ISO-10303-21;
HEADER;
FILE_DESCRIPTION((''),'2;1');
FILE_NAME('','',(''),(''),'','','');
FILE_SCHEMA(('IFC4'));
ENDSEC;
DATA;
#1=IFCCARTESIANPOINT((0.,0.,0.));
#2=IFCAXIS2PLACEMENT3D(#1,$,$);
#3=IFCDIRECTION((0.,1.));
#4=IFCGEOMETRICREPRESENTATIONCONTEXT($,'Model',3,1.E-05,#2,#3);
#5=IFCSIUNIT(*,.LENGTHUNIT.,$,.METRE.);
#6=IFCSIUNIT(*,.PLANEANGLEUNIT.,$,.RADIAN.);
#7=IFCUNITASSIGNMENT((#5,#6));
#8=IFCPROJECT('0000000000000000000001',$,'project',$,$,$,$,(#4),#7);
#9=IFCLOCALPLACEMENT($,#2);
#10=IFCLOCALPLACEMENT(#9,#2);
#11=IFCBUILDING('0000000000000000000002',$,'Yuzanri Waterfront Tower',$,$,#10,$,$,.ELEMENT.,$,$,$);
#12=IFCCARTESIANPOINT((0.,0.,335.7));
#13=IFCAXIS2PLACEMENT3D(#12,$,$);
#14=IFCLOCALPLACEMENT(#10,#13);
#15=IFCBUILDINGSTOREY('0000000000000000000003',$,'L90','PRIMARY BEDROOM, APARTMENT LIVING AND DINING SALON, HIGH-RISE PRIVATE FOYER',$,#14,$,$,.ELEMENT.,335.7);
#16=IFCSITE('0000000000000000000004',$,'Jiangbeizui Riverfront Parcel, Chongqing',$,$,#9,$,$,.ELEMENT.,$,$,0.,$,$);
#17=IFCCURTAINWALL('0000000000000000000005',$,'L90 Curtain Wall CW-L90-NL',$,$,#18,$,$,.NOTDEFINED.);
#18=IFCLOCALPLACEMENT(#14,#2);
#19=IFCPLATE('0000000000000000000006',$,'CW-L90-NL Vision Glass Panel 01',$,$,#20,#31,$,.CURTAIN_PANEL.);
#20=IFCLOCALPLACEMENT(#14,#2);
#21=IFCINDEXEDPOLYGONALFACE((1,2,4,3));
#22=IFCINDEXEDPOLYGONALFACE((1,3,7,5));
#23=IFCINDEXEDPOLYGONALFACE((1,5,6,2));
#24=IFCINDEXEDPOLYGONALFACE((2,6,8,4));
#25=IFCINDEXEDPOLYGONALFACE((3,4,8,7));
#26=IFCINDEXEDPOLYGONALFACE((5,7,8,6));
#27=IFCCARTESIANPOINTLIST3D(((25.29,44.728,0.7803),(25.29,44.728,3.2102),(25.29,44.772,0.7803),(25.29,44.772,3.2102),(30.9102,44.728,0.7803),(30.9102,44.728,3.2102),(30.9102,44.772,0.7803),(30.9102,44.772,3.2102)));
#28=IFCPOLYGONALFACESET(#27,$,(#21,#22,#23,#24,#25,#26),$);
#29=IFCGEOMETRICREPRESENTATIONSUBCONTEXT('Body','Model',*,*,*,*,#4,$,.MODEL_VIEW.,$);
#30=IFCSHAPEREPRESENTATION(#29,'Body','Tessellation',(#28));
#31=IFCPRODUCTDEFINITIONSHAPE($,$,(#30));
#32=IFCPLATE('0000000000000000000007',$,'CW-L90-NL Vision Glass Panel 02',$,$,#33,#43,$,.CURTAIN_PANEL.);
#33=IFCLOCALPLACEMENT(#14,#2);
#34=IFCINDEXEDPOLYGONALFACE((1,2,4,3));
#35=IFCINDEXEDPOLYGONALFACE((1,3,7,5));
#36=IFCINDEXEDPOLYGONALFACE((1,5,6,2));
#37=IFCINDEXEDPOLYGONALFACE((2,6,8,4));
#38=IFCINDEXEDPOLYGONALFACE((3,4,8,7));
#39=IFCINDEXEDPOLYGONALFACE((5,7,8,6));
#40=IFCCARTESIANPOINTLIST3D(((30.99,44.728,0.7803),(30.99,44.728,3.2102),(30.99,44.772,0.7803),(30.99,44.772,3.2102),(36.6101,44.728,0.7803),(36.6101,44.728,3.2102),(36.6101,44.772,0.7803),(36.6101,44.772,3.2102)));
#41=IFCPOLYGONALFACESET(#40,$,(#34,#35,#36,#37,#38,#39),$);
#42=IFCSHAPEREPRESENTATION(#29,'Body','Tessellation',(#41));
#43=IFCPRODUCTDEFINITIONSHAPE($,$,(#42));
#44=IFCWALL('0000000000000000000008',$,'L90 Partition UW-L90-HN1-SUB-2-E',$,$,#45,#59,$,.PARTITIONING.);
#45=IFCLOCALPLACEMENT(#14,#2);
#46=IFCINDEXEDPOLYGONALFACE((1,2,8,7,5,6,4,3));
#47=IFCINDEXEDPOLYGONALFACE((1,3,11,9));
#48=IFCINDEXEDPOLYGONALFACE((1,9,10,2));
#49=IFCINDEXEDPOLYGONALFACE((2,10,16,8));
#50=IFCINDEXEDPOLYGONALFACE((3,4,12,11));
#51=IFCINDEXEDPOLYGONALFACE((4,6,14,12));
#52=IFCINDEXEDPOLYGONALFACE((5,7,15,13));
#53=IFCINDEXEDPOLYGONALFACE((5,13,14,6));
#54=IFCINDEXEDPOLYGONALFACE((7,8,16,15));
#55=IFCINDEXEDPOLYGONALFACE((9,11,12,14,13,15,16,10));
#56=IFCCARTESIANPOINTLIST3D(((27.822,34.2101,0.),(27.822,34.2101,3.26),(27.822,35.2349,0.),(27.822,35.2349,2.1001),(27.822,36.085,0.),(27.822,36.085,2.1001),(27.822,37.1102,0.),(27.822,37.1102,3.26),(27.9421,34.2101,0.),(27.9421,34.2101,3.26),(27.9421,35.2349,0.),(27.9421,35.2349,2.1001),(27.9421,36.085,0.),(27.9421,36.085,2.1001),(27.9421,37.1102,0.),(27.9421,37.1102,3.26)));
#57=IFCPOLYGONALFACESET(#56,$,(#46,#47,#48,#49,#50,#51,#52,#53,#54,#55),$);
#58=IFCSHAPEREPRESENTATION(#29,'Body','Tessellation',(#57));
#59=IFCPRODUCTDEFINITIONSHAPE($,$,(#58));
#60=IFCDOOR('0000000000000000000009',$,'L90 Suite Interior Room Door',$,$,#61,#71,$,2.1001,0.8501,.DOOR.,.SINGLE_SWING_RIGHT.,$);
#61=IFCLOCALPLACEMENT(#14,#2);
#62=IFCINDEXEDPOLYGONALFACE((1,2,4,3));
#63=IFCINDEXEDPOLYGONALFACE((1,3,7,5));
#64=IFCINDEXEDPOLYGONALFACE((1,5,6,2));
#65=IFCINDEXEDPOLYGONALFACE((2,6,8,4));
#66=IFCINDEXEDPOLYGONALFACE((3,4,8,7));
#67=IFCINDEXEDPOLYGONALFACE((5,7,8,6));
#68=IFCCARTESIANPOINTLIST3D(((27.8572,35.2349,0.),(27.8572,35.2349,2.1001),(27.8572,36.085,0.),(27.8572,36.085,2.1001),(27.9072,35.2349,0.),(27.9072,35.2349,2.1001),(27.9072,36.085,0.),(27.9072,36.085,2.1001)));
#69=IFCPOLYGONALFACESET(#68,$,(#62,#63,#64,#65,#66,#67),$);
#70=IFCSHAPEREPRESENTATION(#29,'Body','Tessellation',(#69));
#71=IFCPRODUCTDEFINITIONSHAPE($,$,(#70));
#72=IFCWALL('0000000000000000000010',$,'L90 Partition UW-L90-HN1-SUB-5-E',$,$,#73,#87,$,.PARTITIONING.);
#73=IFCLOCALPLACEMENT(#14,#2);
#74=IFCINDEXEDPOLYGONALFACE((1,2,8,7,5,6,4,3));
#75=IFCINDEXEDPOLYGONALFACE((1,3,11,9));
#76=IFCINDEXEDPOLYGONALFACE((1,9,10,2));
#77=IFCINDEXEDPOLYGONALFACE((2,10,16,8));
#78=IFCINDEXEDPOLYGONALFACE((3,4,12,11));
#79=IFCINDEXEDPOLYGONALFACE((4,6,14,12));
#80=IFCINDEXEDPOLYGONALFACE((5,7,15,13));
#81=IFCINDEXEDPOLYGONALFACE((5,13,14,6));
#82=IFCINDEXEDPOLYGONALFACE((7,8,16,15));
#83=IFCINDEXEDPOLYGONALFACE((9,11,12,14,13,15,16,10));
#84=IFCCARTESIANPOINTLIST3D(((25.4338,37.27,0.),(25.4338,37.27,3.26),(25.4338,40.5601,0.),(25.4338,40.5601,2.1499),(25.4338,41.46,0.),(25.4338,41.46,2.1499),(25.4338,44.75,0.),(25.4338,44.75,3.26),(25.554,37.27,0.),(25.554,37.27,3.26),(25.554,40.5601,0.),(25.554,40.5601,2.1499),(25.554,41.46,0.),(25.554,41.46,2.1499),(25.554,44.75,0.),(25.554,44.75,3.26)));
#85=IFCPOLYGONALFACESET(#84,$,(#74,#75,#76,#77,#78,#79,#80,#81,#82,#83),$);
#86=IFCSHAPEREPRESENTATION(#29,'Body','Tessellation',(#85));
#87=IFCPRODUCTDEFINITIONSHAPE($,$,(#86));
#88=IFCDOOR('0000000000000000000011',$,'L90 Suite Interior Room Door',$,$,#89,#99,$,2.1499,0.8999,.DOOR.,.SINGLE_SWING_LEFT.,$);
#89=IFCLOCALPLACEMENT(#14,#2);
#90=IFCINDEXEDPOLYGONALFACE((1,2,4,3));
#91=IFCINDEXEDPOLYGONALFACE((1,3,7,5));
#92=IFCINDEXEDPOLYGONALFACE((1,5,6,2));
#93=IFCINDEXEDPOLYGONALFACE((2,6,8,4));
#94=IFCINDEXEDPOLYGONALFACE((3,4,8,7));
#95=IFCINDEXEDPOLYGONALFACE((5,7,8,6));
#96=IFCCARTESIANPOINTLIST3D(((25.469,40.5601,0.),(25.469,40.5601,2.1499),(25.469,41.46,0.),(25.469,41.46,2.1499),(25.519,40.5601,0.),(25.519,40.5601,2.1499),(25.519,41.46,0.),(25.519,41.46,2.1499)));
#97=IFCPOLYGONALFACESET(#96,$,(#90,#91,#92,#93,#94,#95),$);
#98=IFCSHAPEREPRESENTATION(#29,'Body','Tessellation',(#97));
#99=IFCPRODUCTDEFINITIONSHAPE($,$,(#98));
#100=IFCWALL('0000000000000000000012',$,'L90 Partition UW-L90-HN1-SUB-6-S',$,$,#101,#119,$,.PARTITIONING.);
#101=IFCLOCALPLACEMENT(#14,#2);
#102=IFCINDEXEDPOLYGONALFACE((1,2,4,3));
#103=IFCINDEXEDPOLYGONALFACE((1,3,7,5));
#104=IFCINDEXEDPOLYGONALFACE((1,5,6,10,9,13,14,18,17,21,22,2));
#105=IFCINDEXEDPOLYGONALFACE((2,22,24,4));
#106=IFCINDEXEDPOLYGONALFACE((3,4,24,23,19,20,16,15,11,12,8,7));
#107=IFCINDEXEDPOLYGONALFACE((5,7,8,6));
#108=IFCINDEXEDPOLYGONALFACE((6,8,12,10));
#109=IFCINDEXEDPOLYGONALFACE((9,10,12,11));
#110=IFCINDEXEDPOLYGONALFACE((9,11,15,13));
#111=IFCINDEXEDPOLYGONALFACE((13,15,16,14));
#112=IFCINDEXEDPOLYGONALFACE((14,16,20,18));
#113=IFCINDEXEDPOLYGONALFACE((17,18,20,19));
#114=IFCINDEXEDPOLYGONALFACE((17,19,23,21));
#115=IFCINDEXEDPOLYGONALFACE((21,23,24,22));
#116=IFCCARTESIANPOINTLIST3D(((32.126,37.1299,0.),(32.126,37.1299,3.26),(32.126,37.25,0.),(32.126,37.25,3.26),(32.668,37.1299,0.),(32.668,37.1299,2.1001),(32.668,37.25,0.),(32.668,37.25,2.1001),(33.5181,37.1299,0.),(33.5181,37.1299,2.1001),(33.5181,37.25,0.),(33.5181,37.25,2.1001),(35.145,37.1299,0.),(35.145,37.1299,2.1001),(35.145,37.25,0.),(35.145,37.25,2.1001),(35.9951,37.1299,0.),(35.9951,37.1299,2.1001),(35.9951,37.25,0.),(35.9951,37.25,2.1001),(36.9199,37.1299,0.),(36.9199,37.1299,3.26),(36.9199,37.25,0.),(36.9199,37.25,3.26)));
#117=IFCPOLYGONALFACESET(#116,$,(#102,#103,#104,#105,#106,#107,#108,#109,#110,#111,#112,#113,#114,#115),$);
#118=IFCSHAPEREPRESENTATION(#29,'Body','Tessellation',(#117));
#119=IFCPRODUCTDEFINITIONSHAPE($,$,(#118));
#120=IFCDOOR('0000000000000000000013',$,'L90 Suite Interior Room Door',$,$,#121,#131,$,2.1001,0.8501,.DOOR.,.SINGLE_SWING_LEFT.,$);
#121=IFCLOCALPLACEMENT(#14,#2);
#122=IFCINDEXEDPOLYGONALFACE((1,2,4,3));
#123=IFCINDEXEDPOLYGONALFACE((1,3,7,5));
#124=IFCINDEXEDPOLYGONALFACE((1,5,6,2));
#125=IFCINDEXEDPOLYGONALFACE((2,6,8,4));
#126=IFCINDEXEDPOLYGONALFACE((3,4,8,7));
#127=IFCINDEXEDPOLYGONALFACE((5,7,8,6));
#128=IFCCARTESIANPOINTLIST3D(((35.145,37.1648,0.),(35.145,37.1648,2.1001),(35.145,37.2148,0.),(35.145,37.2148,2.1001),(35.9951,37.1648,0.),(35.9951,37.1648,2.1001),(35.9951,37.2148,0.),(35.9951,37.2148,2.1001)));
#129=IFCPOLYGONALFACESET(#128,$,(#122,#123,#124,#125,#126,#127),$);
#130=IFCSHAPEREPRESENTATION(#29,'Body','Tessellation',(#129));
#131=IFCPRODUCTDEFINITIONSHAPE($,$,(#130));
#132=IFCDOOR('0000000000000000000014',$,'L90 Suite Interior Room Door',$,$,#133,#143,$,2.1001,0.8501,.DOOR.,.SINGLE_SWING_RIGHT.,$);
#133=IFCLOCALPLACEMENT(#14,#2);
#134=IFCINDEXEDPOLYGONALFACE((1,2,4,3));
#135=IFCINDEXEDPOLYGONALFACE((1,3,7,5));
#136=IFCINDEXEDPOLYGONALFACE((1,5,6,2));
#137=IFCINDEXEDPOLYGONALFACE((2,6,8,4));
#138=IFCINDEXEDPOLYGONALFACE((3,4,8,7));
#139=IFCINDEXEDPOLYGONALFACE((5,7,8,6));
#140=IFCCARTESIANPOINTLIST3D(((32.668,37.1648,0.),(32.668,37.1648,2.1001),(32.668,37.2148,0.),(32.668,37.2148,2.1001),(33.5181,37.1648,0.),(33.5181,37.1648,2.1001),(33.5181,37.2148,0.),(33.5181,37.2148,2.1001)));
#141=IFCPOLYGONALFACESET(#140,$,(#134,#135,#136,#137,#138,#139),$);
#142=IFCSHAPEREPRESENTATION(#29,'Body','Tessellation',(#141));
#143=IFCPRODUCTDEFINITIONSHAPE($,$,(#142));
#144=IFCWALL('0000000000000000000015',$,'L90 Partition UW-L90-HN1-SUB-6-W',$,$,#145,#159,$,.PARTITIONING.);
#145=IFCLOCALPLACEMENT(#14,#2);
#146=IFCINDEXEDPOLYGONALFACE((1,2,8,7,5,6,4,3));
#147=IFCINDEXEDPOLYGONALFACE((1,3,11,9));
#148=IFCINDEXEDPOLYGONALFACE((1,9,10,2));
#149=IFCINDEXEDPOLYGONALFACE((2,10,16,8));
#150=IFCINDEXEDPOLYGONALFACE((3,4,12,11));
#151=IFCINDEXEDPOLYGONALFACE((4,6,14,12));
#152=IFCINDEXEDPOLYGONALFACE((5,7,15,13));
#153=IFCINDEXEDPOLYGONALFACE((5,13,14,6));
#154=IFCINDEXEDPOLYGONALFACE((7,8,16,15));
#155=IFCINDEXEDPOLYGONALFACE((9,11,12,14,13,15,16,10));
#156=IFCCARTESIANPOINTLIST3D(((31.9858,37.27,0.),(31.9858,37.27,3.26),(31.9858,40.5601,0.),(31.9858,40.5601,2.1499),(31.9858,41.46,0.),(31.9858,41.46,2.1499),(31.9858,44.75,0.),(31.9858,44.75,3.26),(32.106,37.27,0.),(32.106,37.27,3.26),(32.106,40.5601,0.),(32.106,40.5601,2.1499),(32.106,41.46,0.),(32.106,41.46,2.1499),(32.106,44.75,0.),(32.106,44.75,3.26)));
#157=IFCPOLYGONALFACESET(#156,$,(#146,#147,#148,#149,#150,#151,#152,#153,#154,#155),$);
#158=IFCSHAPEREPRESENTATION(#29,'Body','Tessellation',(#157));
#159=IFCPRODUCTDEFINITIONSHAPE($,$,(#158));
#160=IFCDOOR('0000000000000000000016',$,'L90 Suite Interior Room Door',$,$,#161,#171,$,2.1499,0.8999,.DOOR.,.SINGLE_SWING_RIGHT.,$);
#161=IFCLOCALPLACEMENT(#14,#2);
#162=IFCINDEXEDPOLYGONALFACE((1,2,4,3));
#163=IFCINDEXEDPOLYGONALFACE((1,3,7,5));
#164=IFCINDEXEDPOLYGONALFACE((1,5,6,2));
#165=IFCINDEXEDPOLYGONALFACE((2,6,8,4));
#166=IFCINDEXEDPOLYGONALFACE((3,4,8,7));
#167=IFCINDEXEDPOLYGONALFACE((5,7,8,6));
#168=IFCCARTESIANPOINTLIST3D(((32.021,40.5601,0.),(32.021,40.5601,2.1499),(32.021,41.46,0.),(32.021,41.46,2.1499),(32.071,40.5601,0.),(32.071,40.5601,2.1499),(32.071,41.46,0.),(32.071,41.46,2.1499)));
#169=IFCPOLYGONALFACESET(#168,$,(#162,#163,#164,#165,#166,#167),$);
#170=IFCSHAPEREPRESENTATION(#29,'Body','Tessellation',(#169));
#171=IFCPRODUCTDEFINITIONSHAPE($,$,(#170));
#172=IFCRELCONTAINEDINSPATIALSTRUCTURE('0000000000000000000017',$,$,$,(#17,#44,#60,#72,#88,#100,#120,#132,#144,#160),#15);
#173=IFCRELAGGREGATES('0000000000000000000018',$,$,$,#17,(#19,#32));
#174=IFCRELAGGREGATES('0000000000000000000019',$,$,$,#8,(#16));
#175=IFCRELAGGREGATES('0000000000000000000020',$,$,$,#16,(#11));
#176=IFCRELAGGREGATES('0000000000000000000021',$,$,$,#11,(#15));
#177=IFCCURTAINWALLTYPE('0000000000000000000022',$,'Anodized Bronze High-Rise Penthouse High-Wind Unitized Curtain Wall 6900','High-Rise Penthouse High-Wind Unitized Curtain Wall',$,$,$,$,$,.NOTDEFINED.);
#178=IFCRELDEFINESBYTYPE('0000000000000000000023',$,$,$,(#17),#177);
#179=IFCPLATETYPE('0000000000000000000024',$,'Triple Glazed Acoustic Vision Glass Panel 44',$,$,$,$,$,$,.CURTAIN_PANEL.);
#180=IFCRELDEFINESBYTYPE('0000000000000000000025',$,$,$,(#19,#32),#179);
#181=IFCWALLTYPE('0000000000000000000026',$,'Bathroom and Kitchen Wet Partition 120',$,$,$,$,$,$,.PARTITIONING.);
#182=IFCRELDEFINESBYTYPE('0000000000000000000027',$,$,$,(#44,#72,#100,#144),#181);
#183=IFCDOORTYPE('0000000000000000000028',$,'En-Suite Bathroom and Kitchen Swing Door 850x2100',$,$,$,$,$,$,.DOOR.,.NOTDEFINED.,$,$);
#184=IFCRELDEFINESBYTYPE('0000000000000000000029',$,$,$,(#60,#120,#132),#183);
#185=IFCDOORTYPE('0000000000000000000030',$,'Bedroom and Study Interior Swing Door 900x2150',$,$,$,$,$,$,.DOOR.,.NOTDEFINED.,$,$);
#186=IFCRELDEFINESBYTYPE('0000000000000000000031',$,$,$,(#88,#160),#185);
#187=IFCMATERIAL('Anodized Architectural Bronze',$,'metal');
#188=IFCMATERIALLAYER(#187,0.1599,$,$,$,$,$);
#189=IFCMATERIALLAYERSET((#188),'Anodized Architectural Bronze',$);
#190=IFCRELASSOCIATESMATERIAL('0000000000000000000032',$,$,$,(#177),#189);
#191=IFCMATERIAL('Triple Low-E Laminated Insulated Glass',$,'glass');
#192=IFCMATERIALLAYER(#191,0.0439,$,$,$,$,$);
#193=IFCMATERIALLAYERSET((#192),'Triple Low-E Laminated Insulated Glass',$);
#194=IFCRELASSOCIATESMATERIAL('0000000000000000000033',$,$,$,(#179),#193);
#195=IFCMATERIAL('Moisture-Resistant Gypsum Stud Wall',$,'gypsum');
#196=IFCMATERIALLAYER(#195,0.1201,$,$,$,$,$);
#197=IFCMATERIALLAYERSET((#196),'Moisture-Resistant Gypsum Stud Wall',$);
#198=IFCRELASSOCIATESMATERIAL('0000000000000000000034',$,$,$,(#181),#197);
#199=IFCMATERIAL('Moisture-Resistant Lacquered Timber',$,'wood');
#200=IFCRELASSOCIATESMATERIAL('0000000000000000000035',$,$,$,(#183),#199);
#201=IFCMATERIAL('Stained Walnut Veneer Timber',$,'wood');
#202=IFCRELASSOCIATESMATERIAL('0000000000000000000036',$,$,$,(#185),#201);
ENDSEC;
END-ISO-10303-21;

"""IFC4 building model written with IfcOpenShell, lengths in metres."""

from ifc_helpers import new_model, si_unit, direction, frame, frame_2d, origin, origin_2d, place, context, subcontext, project, spatial, rectangle, extrude, source, transform, mapped, material, layer, layer_set, type_object, element, fill, aggregate, save


model = new_model("IFC4")

# Units and contexts
model_context = context("Model", 3, precision=1e-05, world=origin(), true_north=direction((0.0, 1.0)))
body_context = subcontext(model_context, "Body", "Model", "MODEL_VIEW")
ifc_project = project(units=[si_unit("LENGTHUNIT", "METRE"), si_unit("PLANEANGLEUNIT", "RADIAN")], contexts=[model_context])

# Site, building, storey
site_placement = place(None, origin())
site = spatial("IfcSite", under=ifc_project, at=site_placement, Name="Jiangbeizui Riverfront Parcel, Chongqing", CompositionType="ELEMENT", RefElevation=0.0)
building_placement = place(site_placement, origin())
building = spatial("IfcBuilding", under=site, at=building_placement, Name="Yuzanri Waterfront Tower", CompositionType="ELEMENT")
storey_placement = place(building_placement, frame((0.0, 0.0, 335.7)))
storey = spatial("IfcBuildingStorey", under=building, at=storey_placement, Name="L90", Description="PRIMARY BEDROOM, APARTMENT LIVING AND DINING SALON, HIGH-RISE PRIVATE FOYER", CompositionType="ELEMENT", Elevation=335.7)

# Curtain wall, plates
ifc_material_1 = material(Name="Anodized Architectural Bronze", Category="metal")
ifc_layer_1 = layer(ifc_material_1, 0.1599)
ifc_layer_set_1 = layer_set([ifc_layer_1], Name="Anodized Architectural Bronze")
curtain_wall_type = type_object("IfcCurtainWallType", Name="Anodized Bronze High-Rise Penthouse High-Wind Unitized Curtain Wall 6900", Description="High-Rise Penthouse High-Wind Unitized Curtain Wall", PredefinedType="NOTDEFINED", material=ifc_layer_set_1)
curtain_wall_placement = place(storey_placement, origin())
curtain_wall = element("IfcCurtainWall", 1, at=curtain_wall_placement, inside=storey, type_object=curtain_wall_type, Name="L90 Curtain Wall CW-L90-NL", PredefinedType="NOTDEFINED")
ifc_material_2 = material(Name="Triple Low-E Laminated Insulated Glass", Category="glass")
ifc_layer_2 = layer(ifc_material_2, 0.0439)
ifc_layer_set_2 = layer_set([ifc_layer_2], Name="Triple Low-E Laminated Insulated Glass")
plate_type_1 = type_object("IfcPlateType", Name="Triple Glazed Acoustic Vision Glass Panel 44", PredefinedType="CURTAIN_PANEL", material=ifc_layer_set_2)
shared_shape_1 = source(origin(), body_context, "Body", "SweptSolid", [
    extrude(rectangle(XDim=5.6201, YDim=0.0439, at=origin_2d()), origin(), (0.0, 0.0, 1.0), 2.4299),
])
plate_1_placement = place(storey_placement, frame((28.1001, 44.75, 0.7803), z_axis=(0.0, 0.0, 1.0), x_axis=(1.0, 0.0, 0.0)))
plate_1 = element("IfcPlate", 2, at=plate_1_placement, type_object=plate_type_1, Name="CW-L90-NL Vision Glass Panel 01", PredefinedType="CURTAIN_PANEL", context=body_context, shape_type="MappedRepresentation", body=[
    mapped(shared_shape_1, transform((0.0, 0.0, 0.0), scale=1.0)),
])
plate_2_placement = place(storey_placement, frame((33.8, 44.75, 0.7803), z_axis=(0.0, 0.0, 1.0), x_axis=(1.0, 0.0, 0.0)))
plate_2 = element("IfcPlate", 3, at=plate_2_placement, type_object=plate_type_1, Name="CW-L90-NL Vision Glass Panel 02", PredefinedType="CURTAIN_PANEL", context=body_context, shape_type="MappedRepresentation", body=[
    mapped(shared_shape_1, transform((0.0, 0.0, 0.0), scale=1.0)),
])
aggregate(curtain_wall, [plate_1, plate_2])

# Walls, openings, doors
ifc_material_3 = material(Name="Moisture-Resistant Gypsum Stud Wall", Category="gypsum")
ifc_layer_3 = layer(ifc_material_3, 0.1201)
ifc_layer_set_3 = layer_set([ifc_layer_3], Name="Moisture-Resistant Gypsum Stud Wall")
wall_type = type_object("IfcWallType", Name="Bathroom and Kitchen Wet Partition 120", PredefinedType="PARTITIONING", material=ifc_layer_set_3)
wall_1_placement = place(storey_placement, frame((27.8821, 34.21, 0.0), z_axis=(0.0, 0.0, 1.0), x_axis=(0.0, 1.0, 0.0)))
wall_1 = element("IfcWall", 4, at=wall_1_placement, inside=storey, type_object=wall_type, Name="L90 Partition UW-L90-HN1-SUB-2-E", PredefinedType="PARTITIONING", context=body_context, shape_type="SweptSolid", body=[
    extrude(rectangle(XDim=2.9001, YDim=0.1201, at=frame_2d((1.4502, 0.0))), origin(), (0.0, 0.0, 1.0), 3.26),
])
opening_1_placement = place(wall_1_placement, frame((1.0249, 0.0, 0.0)))
opening_1 = element("IfcOpeningElement", 5, at=opening_1_placement, cuts=wall_1, PredefinedType="OPENING", context=body_context, shape_type="SweptSolid", body=[
    extrude(rectangle(XDim=0.8501, YDim=2.1001, at=frame_2d((0.425, 1.05))), frame((0.0, 0.075, 0.0), z_axis=(0.0, -1.0, 0.0), x_axis=(1.0, 0.0, 0.0)), (0.0, 0.0, 1.0), 0.1499),
])
ifc_material_4 = material(Name="Moisture-Resistant Lacquered Timber", Category="wood")
door_type_1 = type_object("IfcDoorType", Name="En-Suite Bathroom and Kitchen Swing Door 850x2100", OperationType="NOTDEFINED", PredefinedType="DOOR", material=ifc_material_4)
shared_shape_2 = source(origin(), body_context, "Body", "SweptSolid", [
    extrude(rectangle(XDim=0.8501, YDim=2.1001, at=frame_2d((0.425, 1.05))), frame((0.0, 0.0249, 0.0), z_axis=(0.0, -1.0, 0.0), x_axis=(1.0, 0.0, 0.0)), (0.0, 0.0, 1.0), 0.05),
])
door_1_placement = place(opening_1_placement, origin())
door_1 = element("IfcDoor", 6, at=door_1_placement, inside=storey, type_object=door_type_1, Name="L90 Suite Interior Room Door", OperationType="SINGLE_SWING_RIGHT", OverallHeight=2.1001, OverallWidth=0.8501, PredefinedType="DOOR", context=body_context, shape_type="MappedRepresentation", body=[
    mapped(shared_shape_2, transform((0.0, 0.0, 0.0), scale=1.0)),
])
fill(opening_1, door_1)
wall_2_placement = place(storey_placement, frame((25.4939, 37.27, 0.0), z_axis=(0.0, 0.0, 1.0), x_axis=(0.0, 1.0, 0.0)))
wall_2 = element("IfcWall", 7, at=wall_2_placement, inside=storey, type_object=wall_type, Name="L90 Partition UW-L90-HN1-SUB-5-E", PredefinedType="PARTITIONING", context=body_context, shape_type="SweptSolid", body=[
    extrude(rectangle(XDim=7.48, YDim=0.1201, at=frame_2d((3.74, 0.0))), origin(), (0.0, 0.0, 1.0), 3.26),
])
opening_2_placement = place(wall_2_placement, frame((3.29, 0.0, 0.0)))
opening_2 = element("IfcOpeningElement", 8, at=opening_2_placement, cuts=wall_2, PredefinedType="OPENING", context=body_context, shape_type="SweptSolid", body=[
    extrude(rectangle(XDim=0.8999, YDim=2.1499, at=frame_2d((0.45, 1.075))), frame((0.0, 0.075, 0.0), z_axis=(0.0, -1.0, 0.0), x_axis=(1.0, 0.0, 0.0)), (0.0, 0.0, 1.0), 0.1499),
])
ifc_material_5 = material(Name="Stained Walnut Veneer Timber", Category="wood")
door_type_2 = type_object("IfcDoorType", Name="Bedroom and Study Interior Swing Door 900x2150", OperationType="NOTDEFINED", PredefinedType="DOOR", material=ifc_material_5)
shared_shape_3 = source(origin(), body_context, "Body", "SweptSolid", [
    extrude(rectangle(XDim=0.8999, YDim=2.1499, at=frame_2d((0.45, 1.075))), frame((0.0, 0.0249, 0.0), z_axis=(0.0, -1.0, 0.0), x_axis=(1.0, 0.0, 0.0)), (0.0, 0.0, 1.0), 0.05),
])
door_2_placement = place(opening_2_placement, origin())
door_2 = element("IfcDoor", 9, at=door_2_placement, inside=storey, type_object=door_type_2, Name="L90 Suite Interior Room Door", OperationType="SINGLE_SWING_LEFT", OverallHeight=2.1499, OverallWidth=0.8999, PredefinedType="DOOR", context=body_context, shape_type="MappedRepresentation", body=[
    mapped(shared_shape_3, transform((0.0, 0.0, 0.0), scale=1.0)),
])
fill(opening_2, door_2)

# Wall, openings, doors
wall_3_placement = place(storey_placement, frame((32.126, 37.1899, 0.0), z_axis=(0.0, 0.0, 1.0), x_axis=(1.0, 0.0, 0.0)))
wall_3 = element("IfcWall", 10, at=wall_3_placement, inside=storey, type_object=wall_type, Name="L90 Partition UW-L90-HN1-SUB-6-S", PredefinedType="PARTITIONING", context=body_context, shape_type="SweptSolid", body=[
    extrude(rectangle(XDim=4.7939, YDim=0.1201, at=frame_2d((2.397, 0.0))), origin(), (0.0, 0.0, 1.0), 3.26),
])
opening_3_placement = place(wall_3_placement, frame((3.019, 0.0, 0.0)))
opening_3 = element("IfcOpeningElement", 11, at=opening_3_placement, cuts=wall_3, PredefinedType="OPENING", context=body_context, shape_type="SweptSolid", body=[
    extrude(rectangle(XDim=0.8501, YDim=2.1001, at=frame_2d((0.425, 1.05))), frame((0.0, 0.075, 0.0), z_axis=(0.0, -1.0, 0.0), x_axis=(1.0, 0.0, 0.0)), (0.0, 0.0, 1.0), 0.1499),
])
opening_4_placement = place(wall_3_placement, frame((0.542, 0.0, 0.0)))
opening_4 = element("IfcOpeningElement", 12, at=opening_4_placement, cuts=wall_3, PredefinedType="OPENING", context=body_context, shape_type="SweptSolid", body=[
    extrude(rectangle(XDim=0.8501, YDim=2.1001, at=frame_2d((0.425, 1.05))), frame((0.0, 0.075, 0.0), z_axis=(0.0, -1.0, 0.0), x_axis=(1.0, 0.0, 0.0)), (0.0, 0.0, 1.0), 0.1499),
])
door_3_placement = place(opening_3_placement, origin())
door_3 = element("IfcDoor", 13, at=door_3_placement, inside=storey, type_object=door_type_1, Name="L90 Suite Interior Room Door", OperationType="SINGLE_SWING_LEFT", OverallHeight=2.1001, OverallWidth=0.8501, PredefinedType="DOOR", context=body_context, shape_type="MappedRepresentation", body=[
    mapped(shared_shape_2, transform((0.0, 0.0, 0.0), scale=1.0)),
])
fill(opening_3, door_3)
door_4_placement = place(opening_4_placement, origin())
door_4 = element("IfcDoor", 14, at=door_4_placement, inside=storey, type_object=door_type_1, Name="L90 Suite Interior Room Door", OperationType="SINGLE_SWING_RIGHT", OverallHeight=2.1001, OverallWidth=0.8501, PredefinedType="DOOR", context=body_context, shape_type="MappedRepresentation", body=[
    mapped(shared_shape_2, transform((0.0, 0.0, 0.0), scale=1.0)),
])
fill(opening_4, door_4)

# Wall, opening, door
wall_4_placement = place(storey_placement, frame((32.0459, 37.27, 0.0), z_axis=(0.0, 0.0, 1.0), x_axis=(0.0, 1.0, 0.0)))
wall_4 = element("IfcWall", 15, at=wall_4_placement, inside=storey, type_object=wall_type, Name="L90 Partition UW-L90-HN1-SUB-6-W", PredefinedType="PARTITIONING", context=body_context, shape_type="SweptSolid", body=[
    extrude(rectangle(XDim=7.48, YDim=0.1201, at=frame_2d((3.74, 0.0))), origin(), (0.0, 0.0, 1.0), 3.26),
])
opening_5_placement = place(wall_4_placement, frame((3.29, 0.0, 0.0)))
opening_5 = element("IfcOpeningElement", 16, at=opening_5_placement, cuts=wall_4, PredefinedType="OPENING", context=body_context, shape_type="SweptSolid", body=[
    extrude(rectangle(XDim=0.8999, YDim=2.1499, at=frame_2d((0.45, 1.075))), frame((0.0, 0.075, 0.0), z_axis=(0.0, -1.0, 0.0), x_axis=(1.0, 0.0, 0.0)), (0.0, 0.0, 1.0), 0.1499),
])
door_5_placement = place(opening_5_placement, origin())
door_5 = element("IfcDoor", 17, at=door_5_placement, inside=storey, type_object=door_type_2, Name="L90 Suite Interior Room Door", OperationType="SINGLE_SWING_RIGHT", OverallHeight=2.1499, OverallWidth=0.8999, PredefinedType="DOOR", context=body_context, shape_type="MappedRepresentation", body=[
    mapped(shared_shape_3, transform((0.0, 0.0, 0.0), scale=1.0)),
])
fill(opening_5, door_5)

save(model, "model.ifc")
